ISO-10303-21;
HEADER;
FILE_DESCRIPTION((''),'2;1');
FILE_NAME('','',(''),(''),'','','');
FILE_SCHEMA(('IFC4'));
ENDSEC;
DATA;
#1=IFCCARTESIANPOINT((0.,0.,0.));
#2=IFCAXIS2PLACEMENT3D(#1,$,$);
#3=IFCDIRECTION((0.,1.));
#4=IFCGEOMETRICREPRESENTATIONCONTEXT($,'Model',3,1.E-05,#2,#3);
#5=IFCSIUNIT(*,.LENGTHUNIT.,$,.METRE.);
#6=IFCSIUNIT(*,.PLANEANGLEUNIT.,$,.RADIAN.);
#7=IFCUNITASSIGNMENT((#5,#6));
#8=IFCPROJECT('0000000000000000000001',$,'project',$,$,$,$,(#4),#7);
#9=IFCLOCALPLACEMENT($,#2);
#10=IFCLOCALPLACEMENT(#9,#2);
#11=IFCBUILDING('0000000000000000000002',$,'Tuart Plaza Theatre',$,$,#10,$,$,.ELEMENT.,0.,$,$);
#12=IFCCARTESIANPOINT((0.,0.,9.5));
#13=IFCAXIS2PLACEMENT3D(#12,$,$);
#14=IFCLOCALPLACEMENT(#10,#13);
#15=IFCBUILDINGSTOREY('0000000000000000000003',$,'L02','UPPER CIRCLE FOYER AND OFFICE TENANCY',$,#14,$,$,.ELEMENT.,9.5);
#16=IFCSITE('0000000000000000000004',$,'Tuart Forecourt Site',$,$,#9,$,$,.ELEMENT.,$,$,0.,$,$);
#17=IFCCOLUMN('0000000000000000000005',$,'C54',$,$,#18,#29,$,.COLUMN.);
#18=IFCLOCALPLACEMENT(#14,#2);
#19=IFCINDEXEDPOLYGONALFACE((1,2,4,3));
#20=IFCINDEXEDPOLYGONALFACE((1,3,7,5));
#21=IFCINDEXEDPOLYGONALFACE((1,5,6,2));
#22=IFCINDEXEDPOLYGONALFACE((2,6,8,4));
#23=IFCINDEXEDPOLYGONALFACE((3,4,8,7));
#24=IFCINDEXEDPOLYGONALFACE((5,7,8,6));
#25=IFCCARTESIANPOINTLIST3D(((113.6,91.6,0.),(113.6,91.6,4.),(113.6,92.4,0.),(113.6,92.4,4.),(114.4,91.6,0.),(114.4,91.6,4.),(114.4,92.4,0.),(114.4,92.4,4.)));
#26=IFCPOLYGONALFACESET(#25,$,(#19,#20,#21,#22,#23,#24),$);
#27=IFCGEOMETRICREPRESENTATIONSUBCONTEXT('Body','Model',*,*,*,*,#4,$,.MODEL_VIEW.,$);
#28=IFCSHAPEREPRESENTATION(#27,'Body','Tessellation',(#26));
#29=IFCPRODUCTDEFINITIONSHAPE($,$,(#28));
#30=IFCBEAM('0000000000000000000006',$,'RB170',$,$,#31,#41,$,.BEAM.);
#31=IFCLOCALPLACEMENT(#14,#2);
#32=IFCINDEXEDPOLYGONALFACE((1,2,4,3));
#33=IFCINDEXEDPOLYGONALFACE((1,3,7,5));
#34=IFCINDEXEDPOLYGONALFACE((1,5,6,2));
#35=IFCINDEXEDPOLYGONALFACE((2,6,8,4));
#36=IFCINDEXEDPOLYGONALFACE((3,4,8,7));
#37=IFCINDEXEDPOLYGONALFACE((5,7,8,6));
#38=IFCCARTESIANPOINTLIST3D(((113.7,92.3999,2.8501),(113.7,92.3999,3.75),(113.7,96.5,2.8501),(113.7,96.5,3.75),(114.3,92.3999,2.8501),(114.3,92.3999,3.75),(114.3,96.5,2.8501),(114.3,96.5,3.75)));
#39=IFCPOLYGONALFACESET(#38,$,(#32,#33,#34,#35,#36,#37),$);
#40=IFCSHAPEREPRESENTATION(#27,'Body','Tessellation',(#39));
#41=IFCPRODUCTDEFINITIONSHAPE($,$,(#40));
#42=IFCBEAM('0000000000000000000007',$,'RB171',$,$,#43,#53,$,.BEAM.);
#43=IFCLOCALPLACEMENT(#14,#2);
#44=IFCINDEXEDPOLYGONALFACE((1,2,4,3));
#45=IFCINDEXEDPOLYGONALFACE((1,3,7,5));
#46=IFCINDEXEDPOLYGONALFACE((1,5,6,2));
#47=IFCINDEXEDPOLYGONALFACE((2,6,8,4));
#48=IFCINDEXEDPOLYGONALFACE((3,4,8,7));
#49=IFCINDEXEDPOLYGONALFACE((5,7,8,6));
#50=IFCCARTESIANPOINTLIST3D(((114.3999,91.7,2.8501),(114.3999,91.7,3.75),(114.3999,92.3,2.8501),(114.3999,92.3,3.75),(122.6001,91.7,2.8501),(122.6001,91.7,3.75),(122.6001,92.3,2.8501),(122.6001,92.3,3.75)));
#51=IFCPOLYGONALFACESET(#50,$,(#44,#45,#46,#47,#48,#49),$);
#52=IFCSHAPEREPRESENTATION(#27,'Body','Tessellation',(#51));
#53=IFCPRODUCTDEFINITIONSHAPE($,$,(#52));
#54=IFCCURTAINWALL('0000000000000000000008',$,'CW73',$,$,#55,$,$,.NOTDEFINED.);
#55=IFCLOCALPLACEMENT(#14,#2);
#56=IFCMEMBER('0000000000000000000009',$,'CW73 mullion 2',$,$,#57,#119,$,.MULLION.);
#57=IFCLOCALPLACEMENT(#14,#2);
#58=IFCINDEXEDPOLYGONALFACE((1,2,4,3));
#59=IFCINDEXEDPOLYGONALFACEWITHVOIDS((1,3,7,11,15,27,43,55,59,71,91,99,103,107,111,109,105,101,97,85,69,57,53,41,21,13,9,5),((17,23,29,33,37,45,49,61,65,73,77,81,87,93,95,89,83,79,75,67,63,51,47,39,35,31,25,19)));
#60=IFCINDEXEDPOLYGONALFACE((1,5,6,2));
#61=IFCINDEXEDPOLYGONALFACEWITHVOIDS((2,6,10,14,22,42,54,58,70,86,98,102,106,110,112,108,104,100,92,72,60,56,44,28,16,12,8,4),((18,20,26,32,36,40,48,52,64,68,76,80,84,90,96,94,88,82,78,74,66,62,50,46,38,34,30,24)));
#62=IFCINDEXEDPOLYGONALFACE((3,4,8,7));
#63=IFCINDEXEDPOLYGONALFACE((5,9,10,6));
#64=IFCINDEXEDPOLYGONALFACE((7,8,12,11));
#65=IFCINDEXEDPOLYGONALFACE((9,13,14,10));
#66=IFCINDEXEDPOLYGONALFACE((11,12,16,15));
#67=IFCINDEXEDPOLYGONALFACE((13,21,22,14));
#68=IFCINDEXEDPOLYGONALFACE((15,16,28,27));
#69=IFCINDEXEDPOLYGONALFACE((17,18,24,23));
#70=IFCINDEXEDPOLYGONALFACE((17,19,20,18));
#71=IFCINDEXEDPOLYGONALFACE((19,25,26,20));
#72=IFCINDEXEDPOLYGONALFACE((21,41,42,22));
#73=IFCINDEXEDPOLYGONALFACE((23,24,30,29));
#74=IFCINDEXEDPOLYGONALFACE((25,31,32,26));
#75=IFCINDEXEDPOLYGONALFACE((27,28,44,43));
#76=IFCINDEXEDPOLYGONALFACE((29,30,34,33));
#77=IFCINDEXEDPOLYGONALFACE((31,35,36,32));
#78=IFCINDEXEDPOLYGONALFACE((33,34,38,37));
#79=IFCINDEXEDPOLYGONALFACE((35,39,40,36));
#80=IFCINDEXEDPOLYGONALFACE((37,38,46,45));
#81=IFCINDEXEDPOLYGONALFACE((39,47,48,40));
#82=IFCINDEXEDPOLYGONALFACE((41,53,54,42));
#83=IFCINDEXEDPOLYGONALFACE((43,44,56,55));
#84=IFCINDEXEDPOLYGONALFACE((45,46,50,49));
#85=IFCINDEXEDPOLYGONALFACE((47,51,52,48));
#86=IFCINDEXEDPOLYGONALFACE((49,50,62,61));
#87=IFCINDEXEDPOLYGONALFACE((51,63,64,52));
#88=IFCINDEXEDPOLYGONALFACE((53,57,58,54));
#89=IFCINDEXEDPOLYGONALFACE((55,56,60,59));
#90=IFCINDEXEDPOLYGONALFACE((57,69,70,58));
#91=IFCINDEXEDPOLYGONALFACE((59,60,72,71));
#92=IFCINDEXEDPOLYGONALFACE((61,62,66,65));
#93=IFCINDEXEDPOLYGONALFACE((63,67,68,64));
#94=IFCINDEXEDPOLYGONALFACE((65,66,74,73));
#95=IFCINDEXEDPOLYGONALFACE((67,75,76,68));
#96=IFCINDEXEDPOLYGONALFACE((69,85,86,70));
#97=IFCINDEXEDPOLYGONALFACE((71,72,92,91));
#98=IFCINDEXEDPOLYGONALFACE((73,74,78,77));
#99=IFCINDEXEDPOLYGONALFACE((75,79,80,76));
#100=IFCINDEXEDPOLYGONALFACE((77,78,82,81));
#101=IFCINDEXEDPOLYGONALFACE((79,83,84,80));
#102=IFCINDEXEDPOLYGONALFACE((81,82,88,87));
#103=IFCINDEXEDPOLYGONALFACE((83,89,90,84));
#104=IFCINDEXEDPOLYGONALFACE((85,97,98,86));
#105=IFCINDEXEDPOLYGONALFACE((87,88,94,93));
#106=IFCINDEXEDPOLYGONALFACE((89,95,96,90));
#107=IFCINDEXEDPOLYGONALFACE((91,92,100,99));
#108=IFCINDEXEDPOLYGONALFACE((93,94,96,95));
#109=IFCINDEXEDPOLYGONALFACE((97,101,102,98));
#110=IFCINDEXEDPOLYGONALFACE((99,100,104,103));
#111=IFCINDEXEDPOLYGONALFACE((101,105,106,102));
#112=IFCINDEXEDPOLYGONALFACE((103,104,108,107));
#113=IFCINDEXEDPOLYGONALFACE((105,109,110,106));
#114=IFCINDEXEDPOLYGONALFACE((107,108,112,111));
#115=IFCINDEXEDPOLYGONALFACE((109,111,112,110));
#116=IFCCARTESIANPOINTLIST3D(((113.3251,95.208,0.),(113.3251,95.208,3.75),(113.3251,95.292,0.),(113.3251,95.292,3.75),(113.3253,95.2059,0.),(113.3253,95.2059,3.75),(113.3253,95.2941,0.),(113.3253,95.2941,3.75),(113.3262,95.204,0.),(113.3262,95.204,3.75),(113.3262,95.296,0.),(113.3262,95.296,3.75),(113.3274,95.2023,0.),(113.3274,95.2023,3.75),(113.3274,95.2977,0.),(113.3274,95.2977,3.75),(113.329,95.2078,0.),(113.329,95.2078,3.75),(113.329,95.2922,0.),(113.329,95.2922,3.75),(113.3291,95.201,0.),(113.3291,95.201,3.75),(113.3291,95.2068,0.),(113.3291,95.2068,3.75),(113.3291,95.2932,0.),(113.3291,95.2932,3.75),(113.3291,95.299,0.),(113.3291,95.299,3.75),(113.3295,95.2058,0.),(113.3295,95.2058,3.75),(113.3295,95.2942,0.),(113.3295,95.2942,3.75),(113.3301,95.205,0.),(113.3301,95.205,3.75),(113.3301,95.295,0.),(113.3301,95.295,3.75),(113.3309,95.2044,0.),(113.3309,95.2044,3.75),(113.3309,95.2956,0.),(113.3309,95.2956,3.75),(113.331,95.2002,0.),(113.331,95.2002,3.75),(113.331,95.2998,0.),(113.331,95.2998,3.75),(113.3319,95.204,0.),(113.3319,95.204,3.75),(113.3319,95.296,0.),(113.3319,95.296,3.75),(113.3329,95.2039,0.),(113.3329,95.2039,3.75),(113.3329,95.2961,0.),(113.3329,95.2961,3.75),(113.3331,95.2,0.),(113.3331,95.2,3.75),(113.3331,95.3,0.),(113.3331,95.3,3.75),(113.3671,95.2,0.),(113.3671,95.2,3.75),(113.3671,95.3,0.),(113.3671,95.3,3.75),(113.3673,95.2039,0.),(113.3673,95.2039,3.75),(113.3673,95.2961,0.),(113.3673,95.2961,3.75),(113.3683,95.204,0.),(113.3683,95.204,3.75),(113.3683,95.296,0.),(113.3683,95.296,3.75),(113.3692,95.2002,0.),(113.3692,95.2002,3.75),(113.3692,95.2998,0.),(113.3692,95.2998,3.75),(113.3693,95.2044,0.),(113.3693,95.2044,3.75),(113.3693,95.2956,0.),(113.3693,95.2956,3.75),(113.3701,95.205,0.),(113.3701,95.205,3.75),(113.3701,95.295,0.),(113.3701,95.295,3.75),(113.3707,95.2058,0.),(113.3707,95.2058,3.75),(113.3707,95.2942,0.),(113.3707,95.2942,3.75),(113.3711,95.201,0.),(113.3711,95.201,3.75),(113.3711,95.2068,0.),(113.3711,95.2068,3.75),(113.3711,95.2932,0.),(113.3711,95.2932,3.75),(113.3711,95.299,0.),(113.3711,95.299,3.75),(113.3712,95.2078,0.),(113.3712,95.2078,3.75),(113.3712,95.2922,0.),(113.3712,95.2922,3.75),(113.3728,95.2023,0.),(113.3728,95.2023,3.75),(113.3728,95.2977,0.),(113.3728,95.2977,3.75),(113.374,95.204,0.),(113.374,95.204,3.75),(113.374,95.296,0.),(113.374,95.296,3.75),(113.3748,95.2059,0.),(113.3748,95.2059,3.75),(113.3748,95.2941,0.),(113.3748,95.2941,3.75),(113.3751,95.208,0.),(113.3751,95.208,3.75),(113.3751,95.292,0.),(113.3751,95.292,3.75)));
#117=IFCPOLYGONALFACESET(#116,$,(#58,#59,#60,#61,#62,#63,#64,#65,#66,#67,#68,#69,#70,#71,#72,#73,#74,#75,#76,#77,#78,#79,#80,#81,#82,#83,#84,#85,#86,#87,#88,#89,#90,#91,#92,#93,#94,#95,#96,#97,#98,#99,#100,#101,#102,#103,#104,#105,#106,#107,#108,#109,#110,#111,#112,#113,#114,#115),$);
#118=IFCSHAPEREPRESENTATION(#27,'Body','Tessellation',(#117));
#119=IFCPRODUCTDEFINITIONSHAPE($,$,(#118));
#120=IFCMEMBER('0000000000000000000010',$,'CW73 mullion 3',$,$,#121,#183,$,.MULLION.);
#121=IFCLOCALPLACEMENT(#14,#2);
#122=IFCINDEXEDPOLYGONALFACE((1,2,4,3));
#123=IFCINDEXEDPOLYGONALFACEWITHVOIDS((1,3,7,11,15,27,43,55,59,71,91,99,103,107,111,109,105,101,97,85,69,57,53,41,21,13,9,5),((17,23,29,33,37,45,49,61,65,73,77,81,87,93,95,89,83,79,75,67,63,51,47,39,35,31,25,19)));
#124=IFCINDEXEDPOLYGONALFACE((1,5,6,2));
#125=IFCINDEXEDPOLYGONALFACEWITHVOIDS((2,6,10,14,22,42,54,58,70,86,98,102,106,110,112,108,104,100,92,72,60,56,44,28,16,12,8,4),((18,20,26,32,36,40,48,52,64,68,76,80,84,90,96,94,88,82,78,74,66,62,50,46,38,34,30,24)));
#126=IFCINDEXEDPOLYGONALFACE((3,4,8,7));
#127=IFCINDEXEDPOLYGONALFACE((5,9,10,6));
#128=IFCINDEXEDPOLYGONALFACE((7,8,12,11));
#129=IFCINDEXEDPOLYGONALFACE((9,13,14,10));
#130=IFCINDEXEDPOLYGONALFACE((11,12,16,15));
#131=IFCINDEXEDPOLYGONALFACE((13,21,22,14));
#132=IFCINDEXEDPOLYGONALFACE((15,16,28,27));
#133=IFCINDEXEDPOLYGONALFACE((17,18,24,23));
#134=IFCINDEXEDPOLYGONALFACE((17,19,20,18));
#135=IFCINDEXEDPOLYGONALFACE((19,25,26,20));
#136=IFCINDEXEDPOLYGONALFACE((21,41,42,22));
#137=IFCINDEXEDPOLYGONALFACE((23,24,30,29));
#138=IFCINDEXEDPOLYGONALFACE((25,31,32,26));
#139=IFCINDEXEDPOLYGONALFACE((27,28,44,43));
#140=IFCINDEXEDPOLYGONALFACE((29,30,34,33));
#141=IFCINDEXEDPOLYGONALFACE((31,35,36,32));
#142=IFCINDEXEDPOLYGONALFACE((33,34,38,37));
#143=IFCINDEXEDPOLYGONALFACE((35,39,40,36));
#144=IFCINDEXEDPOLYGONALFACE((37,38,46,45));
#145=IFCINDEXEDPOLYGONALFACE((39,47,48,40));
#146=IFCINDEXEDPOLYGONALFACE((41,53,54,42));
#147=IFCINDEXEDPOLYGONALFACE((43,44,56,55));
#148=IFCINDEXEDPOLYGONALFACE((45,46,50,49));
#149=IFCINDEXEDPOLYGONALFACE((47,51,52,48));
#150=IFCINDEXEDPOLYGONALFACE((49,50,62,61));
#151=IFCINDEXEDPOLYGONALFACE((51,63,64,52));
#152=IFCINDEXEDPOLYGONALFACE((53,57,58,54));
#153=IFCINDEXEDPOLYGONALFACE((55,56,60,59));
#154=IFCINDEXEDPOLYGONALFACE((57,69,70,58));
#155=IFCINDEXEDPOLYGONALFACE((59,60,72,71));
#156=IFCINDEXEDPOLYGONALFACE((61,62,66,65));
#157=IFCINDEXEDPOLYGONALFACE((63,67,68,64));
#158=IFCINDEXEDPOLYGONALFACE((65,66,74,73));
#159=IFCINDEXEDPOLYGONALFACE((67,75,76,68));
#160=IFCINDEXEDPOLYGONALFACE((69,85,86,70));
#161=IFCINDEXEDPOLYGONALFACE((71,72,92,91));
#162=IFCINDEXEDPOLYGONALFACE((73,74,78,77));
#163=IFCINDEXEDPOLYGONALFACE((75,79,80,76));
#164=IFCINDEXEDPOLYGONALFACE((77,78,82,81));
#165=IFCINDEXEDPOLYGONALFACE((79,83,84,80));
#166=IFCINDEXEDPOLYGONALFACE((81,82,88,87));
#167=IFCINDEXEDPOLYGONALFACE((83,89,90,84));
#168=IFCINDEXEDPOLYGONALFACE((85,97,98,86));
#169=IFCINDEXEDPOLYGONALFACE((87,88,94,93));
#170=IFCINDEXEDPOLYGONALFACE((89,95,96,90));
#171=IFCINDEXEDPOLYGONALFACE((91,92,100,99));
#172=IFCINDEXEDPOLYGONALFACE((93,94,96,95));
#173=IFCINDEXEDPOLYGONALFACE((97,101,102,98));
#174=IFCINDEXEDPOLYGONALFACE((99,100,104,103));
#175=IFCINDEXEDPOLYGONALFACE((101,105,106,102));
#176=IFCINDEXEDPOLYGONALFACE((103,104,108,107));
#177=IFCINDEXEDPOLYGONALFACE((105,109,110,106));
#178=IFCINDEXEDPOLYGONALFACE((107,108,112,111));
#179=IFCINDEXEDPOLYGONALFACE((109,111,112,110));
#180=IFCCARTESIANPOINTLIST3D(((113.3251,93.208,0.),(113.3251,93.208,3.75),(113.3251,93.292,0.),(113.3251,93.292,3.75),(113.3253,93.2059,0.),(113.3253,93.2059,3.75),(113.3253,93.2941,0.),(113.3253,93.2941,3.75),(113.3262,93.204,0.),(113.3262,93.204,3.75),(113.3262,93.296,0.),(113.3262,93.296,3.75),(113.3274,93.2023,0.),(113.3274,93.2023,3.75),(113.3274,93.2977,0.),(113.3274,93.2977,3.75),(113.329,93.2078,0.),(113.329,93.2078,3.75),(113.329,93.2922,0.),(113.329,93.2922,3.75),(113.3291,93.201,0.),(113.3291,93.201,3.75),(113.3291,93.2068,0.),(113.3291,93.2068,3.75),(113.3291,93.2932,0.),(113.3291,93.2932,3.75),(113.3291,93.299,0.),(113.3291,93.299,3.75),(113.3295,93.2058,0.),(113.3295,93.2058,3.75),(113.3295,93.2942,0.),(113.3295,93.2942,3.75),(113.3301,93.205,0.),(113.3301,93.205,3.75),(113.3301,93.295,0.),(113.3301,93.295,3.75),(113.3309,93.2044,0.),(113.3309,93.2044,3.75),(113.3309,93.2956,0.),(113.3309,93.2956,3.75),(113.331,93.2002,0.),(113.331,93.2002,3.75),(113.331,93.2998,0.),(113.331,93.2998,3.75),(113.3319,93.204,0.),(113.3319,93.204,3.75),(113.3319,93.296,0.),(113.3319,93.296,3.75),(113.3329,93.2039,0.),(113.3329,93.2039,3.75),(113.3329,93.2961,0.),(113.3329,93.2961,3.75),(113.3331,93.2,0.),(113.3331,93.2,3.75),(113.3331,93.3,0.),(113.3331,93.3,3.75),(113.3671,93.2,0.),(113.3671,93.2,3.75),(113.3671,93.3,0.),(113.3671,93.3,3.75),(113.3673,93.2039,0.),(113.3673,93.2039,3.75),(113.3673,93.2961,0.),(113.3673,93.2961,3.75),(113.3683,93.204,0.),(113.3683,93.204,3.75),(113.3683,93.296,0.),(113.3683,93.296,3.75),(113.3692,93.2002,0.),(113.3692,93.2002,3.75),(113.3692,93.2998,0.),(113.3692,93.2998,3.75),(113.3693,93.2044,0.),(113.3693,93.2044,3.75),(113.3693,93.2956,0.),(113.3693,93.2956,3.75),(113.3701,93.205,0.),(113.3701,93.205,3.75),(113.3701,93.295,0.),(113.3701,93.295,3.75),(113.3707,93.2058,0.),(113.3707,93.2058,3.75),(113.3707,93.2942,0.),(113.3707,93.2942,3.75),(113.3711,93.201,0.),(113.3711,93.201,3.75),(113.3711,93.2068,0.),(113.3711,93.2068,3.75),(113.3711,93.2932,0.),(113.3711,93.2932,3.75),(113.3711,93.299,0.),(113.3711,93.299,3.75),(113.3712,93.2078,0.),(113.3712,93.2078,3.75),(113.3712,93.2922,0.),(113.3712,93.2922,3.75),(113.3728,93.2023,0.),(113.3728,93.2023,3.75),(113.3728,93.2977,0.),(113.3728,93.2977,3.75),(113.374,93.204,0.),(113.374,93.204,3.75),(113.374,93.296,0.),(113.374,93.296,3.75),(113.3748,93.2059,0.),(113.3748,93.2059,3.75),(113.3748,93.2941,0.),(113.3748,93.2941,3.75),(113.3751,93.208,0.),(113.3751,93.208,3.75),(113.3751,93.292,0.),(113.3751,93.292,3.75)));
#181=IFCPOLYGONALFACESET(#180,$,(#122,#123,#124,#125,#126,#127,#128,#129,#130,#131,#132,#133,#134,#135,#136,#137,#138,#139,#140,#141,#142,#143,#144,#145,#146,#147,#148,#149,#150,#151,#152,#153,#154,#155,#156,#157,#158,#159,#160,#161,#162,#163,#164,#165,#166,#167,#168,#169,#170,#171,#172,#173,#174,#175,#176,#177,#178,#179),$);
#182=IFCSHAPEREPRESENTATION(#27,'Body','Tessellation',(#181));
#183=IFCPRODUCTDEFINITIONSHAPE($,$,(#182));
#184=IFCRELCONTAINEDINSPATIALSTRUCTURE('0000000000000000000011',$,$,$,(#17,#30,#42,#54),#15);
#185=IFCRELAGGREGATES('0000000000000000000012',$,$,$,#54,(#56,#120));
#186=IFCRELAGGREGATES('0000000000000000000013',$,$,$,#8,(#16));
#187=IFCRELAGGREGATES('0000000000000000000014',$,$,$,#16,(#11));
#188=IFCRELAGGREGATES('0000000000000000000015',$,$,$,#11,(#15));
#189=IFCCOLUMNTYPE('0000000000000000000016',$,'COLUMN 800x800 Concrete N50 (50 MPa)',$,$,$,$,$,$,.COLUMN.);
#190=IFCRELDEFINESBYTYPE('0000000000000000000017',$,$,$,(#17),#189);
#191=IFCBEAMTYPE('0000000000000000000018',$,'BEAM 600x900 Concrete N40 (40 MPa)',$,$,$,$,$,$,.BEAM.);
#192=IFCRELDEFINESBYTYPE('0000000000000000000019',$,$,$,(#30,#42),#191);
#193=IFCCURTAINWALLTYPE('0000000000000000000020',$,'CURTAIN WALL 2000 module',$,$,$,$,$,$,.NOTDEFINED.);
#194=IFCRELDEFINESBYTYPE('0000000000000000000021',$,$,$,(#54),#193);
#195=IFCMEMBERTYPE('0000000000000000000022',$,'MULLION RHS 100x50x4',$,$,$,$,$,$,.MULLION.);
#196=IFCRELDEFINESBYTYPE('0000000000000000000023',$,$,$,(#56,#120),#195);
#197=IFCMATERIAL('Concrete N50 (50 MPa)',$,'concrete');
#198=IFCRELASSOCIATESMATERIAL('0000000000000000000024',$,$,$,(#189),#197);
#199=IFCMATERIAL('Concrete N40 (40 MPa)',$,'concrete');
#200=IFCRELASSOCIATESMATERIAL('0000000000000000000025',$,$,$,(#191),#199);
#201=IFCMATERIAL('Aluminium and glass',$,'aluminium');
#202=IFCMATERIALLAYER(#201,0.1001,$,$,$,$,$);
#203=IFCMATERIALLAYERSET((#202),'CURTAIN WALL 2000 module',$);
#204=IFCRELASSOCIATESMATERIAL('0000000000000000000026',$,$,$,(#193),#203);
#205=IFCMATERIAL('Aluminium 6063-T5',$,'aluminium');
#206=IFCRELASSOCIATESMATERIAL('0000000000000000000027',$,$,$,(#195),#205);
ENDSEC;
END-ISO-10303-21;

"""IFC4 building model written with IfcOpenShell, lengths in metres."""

from ifc_helpers import new_model, si_unit, direction, frame, origin, origin_2d, place, context, subcontext, project, spatial, rectangle, hollow_rectangle, extrude, material, layer, layer_set, material_profile, profile_set, type_object, element, aggregate, save


model = new_model("IFC4")

# Units and contexts
model_context = context("Model", 3, precision=1e-05, world=origin(), true_north=direction((0.0, 1.0)))
body_context = subcontext(model_context, "Body", "Model", "MODEL_VIEW")
ifc_project = project(units=[si_unit("LENGTHUNIT", "METRE"), si_unit("PLANEANGLEUNIT", "RADIAN")], contexts=[model_context])

# Site, building, storey
site_placement = place(None, origin())
site = spatial("IfcSite", under=ifc_project, at=site_placement, Name="Tuart Forecourt Site", CompositionType="ELEMENT", RefElevation=0.0)
building_placement = place(site_placement, origin())
building = spatial("IfcBuilding", under=site, at=building_placement, Name="Tuart Plaza Theatre", CompositionType="ELEMENT", ElevationOfRefHeight=0.0)
storey_placement = place(building_placement, frame((0.0, 0.0, 9.5)))
storey = spatial("IfcBuildingStorey", under=building, at=storey_placement, Name="L02", Description="UPPER CIRCLE FOYER AND OFFICE TENANCY", CompositionType="ELEMENT", Elevation=9.5)

# Column
ifc_material_1 = material(Name="Concrete N50 (50 MPa)", Category="concrete")
ifc_material_profile_1 = material_profile(ifc_material_1, rectangle(XDim=0.8, YDim=0.8, at=origin_2d()), Name="COLUMN 800x800 Concrete N50 (50 MPa)")
ifc_profile_set_1 = profile_set([ifc_material_profile_1], Name="Concrete N50 (50 MPa)")
column_type = type_object("IfcColumnType", Name="COLUMN 800x800 Concrete N50 (50 MPa)", PredefinedType="COLUMN", material=ifc_profile_set_1)
column_placement = place(storey_placement, frame((114.0, 92.0, 0.0), z_axis=(0.0, 0.0, 1.0), x_axis=(1.0, 0.0, 0.0)))
element("IfcColumn", 1, at=column_placement, inside=storey, type_object=column_type, Name="C54", PredefinedType="COLUMN", context=body_context, shape_type="SweptSolid", body=[
    extrude(rectangle(XDim=0.8, YDim=0.8, at=origin_2d()), origin(), (0.0, 0.0, 1.0), 4.0),
])

# Beams
ifc_material_2 = material(Name="Concrete N40 (40 MPa)", Category="concrete")
ifc_material_profile_2 = material_profile(ifc_material_2, rectangle(XDim=0.6001, YDim=0.8999, at=origin_2d()), Name="BEAM 600x900 Concrete N40 (40 MPa)")
ifc_profile_set_2 = profile_set([ifc_material_profile_2], Name="Concrete N40 (40 MPa)")
beam_type = type_object("IfcBeamType", Name="BEAM 600x900 Concrete N40 (40 MPa)", PredefinedType="BEAM", material=ifc_profile_set_2)
beam_1_placement = place(storey_placement, frame((114.0, 92.3999, 3.3), z_axis=(0.0, 1.0, 0.0), x_axis=(-1.0, 0.0, 0.0)))
element("IfcBeam", 2, at=beam_1_placement, inside=storey, type_object=beam_type, Name="RB170", PredefinedType="BEAM", context=body_context, shape_type="SweptSolid", body=[
    extrude(rectangle(XDim=0.6001, YDim=0.8999, at=origin_2d()), origin(), (0.0, 0.0, 1.0), 4.1001),
])
beam_2_placement = place(storey_placement, frame((114.3999, 92.0, 3.3), z_axis=(1.0, 0.0, 0.0), x_axis=(0.0, 1.0, 0.0)))
element("IfcBeam", 3, at=beam_2_placement, inside=storey, type_object=beam_type, Name="RB171", PredefinedType="BEAM", context=body_context, shape_type="SweptSolid", body=[
    extrude(rectangle(XDim=0.6001, YDim=0.8999, at=origin_2d()), origin(), (0.0, 0.0, 1.0), 8.2002),
])

# Curtain wall, members
ifc_material_3 = material(Name="Aluminium and glass", Category="aluminium")
ifc_layer_1 = layer(ifc_material_3, 0.1001)
ifc_layer_set_1 = layer_set([ifc_layer_1], Name="CURTAIN WALL 2000 module")
curtain_wall_type = type_object("IfcCurtainWallType", Name="CURTAIN WALL 2000 module", PredefinedType="NOTDEFINED", material=ifc_layer_set_1)
curtain_wall_placement = place(storey_placement, origin())
curtain_wall = element("IfcCurtainWall", 4, at=curtain_wall_placement, inside=storey, type_object=curtain_wall_type, Name="CW73", PredefinedType="NOTDEFINED")
ifc_material_4 = material(Name="Aluminium 6063-T5", Category="aluminium")
ifc_material_profile_3 = material_profile(ifc_material_4, hollow_rectangle(XDim=0.05, YDim=0.1001, WallThickness=0.0039, InnerFilletRadius=0.0039, OuterFilletRadius=0.0081, at=origin_2d()), Name="RHS 100x50x4")
ifc_profile_set_3 = profile_set([ifc_material_profile_3], Name="Aluminium 6063-T5")
member_type_1 = type_object("IfcMemberType", Name="MULLION RHS 100x50x4", PredefinedType="MULLION", material=ifc_profile_set_3)
member_1_placement = place(storey_placement, frame((113.3501, 95.25, 0.0), z_axis=(0.0, 0.0, 1.0), x_axis=(1.0, 0.0, 0.0)))
member_1 = element("IfcMember", 5, at=member_1_placement, type_object=member_type_1, Name="CW73 mullion 2", PredefinedType="MULLION", context=body_context, shape_type="SweptSolid", body=[
    extrude(hollow_rectangle(XDim=0.05, YDim=0.1001, WallThickness=0.0039, InnerFilletRadius=0.0039, OuterFilletRadius=0.0081, at=origin_2d()), origin(), (0.0, 0.0, 1.0), 3.75),
])
member_2_placement = place(storey_placement, frame((113.3501, 93.25, 0.0), z_axis=(0.0, 0.0, 1.0), x_axis=(1.0, 0.0, 0.0)))
member_2 = element("IfcMember", 6, at=member_2_placement, type_object=member_type_1, Name="CW73 mullion 3", PredefinedType="MULLION", context=body_context, shape_type="SweptSolid", body=[
    extrude(hollow_rectangle(XDim=0.05, YDim=0.1001, WallThickness=0.0039, InnerFilletRadius=0.0039, OuterFilletRadius=0.0081, at=origin_2d()), origin(), (0.0, 0.0, 1.0), 3.75),
])
aggregate(curtain_wall, [member_1, member_2])

save(model, "model.ifc")
